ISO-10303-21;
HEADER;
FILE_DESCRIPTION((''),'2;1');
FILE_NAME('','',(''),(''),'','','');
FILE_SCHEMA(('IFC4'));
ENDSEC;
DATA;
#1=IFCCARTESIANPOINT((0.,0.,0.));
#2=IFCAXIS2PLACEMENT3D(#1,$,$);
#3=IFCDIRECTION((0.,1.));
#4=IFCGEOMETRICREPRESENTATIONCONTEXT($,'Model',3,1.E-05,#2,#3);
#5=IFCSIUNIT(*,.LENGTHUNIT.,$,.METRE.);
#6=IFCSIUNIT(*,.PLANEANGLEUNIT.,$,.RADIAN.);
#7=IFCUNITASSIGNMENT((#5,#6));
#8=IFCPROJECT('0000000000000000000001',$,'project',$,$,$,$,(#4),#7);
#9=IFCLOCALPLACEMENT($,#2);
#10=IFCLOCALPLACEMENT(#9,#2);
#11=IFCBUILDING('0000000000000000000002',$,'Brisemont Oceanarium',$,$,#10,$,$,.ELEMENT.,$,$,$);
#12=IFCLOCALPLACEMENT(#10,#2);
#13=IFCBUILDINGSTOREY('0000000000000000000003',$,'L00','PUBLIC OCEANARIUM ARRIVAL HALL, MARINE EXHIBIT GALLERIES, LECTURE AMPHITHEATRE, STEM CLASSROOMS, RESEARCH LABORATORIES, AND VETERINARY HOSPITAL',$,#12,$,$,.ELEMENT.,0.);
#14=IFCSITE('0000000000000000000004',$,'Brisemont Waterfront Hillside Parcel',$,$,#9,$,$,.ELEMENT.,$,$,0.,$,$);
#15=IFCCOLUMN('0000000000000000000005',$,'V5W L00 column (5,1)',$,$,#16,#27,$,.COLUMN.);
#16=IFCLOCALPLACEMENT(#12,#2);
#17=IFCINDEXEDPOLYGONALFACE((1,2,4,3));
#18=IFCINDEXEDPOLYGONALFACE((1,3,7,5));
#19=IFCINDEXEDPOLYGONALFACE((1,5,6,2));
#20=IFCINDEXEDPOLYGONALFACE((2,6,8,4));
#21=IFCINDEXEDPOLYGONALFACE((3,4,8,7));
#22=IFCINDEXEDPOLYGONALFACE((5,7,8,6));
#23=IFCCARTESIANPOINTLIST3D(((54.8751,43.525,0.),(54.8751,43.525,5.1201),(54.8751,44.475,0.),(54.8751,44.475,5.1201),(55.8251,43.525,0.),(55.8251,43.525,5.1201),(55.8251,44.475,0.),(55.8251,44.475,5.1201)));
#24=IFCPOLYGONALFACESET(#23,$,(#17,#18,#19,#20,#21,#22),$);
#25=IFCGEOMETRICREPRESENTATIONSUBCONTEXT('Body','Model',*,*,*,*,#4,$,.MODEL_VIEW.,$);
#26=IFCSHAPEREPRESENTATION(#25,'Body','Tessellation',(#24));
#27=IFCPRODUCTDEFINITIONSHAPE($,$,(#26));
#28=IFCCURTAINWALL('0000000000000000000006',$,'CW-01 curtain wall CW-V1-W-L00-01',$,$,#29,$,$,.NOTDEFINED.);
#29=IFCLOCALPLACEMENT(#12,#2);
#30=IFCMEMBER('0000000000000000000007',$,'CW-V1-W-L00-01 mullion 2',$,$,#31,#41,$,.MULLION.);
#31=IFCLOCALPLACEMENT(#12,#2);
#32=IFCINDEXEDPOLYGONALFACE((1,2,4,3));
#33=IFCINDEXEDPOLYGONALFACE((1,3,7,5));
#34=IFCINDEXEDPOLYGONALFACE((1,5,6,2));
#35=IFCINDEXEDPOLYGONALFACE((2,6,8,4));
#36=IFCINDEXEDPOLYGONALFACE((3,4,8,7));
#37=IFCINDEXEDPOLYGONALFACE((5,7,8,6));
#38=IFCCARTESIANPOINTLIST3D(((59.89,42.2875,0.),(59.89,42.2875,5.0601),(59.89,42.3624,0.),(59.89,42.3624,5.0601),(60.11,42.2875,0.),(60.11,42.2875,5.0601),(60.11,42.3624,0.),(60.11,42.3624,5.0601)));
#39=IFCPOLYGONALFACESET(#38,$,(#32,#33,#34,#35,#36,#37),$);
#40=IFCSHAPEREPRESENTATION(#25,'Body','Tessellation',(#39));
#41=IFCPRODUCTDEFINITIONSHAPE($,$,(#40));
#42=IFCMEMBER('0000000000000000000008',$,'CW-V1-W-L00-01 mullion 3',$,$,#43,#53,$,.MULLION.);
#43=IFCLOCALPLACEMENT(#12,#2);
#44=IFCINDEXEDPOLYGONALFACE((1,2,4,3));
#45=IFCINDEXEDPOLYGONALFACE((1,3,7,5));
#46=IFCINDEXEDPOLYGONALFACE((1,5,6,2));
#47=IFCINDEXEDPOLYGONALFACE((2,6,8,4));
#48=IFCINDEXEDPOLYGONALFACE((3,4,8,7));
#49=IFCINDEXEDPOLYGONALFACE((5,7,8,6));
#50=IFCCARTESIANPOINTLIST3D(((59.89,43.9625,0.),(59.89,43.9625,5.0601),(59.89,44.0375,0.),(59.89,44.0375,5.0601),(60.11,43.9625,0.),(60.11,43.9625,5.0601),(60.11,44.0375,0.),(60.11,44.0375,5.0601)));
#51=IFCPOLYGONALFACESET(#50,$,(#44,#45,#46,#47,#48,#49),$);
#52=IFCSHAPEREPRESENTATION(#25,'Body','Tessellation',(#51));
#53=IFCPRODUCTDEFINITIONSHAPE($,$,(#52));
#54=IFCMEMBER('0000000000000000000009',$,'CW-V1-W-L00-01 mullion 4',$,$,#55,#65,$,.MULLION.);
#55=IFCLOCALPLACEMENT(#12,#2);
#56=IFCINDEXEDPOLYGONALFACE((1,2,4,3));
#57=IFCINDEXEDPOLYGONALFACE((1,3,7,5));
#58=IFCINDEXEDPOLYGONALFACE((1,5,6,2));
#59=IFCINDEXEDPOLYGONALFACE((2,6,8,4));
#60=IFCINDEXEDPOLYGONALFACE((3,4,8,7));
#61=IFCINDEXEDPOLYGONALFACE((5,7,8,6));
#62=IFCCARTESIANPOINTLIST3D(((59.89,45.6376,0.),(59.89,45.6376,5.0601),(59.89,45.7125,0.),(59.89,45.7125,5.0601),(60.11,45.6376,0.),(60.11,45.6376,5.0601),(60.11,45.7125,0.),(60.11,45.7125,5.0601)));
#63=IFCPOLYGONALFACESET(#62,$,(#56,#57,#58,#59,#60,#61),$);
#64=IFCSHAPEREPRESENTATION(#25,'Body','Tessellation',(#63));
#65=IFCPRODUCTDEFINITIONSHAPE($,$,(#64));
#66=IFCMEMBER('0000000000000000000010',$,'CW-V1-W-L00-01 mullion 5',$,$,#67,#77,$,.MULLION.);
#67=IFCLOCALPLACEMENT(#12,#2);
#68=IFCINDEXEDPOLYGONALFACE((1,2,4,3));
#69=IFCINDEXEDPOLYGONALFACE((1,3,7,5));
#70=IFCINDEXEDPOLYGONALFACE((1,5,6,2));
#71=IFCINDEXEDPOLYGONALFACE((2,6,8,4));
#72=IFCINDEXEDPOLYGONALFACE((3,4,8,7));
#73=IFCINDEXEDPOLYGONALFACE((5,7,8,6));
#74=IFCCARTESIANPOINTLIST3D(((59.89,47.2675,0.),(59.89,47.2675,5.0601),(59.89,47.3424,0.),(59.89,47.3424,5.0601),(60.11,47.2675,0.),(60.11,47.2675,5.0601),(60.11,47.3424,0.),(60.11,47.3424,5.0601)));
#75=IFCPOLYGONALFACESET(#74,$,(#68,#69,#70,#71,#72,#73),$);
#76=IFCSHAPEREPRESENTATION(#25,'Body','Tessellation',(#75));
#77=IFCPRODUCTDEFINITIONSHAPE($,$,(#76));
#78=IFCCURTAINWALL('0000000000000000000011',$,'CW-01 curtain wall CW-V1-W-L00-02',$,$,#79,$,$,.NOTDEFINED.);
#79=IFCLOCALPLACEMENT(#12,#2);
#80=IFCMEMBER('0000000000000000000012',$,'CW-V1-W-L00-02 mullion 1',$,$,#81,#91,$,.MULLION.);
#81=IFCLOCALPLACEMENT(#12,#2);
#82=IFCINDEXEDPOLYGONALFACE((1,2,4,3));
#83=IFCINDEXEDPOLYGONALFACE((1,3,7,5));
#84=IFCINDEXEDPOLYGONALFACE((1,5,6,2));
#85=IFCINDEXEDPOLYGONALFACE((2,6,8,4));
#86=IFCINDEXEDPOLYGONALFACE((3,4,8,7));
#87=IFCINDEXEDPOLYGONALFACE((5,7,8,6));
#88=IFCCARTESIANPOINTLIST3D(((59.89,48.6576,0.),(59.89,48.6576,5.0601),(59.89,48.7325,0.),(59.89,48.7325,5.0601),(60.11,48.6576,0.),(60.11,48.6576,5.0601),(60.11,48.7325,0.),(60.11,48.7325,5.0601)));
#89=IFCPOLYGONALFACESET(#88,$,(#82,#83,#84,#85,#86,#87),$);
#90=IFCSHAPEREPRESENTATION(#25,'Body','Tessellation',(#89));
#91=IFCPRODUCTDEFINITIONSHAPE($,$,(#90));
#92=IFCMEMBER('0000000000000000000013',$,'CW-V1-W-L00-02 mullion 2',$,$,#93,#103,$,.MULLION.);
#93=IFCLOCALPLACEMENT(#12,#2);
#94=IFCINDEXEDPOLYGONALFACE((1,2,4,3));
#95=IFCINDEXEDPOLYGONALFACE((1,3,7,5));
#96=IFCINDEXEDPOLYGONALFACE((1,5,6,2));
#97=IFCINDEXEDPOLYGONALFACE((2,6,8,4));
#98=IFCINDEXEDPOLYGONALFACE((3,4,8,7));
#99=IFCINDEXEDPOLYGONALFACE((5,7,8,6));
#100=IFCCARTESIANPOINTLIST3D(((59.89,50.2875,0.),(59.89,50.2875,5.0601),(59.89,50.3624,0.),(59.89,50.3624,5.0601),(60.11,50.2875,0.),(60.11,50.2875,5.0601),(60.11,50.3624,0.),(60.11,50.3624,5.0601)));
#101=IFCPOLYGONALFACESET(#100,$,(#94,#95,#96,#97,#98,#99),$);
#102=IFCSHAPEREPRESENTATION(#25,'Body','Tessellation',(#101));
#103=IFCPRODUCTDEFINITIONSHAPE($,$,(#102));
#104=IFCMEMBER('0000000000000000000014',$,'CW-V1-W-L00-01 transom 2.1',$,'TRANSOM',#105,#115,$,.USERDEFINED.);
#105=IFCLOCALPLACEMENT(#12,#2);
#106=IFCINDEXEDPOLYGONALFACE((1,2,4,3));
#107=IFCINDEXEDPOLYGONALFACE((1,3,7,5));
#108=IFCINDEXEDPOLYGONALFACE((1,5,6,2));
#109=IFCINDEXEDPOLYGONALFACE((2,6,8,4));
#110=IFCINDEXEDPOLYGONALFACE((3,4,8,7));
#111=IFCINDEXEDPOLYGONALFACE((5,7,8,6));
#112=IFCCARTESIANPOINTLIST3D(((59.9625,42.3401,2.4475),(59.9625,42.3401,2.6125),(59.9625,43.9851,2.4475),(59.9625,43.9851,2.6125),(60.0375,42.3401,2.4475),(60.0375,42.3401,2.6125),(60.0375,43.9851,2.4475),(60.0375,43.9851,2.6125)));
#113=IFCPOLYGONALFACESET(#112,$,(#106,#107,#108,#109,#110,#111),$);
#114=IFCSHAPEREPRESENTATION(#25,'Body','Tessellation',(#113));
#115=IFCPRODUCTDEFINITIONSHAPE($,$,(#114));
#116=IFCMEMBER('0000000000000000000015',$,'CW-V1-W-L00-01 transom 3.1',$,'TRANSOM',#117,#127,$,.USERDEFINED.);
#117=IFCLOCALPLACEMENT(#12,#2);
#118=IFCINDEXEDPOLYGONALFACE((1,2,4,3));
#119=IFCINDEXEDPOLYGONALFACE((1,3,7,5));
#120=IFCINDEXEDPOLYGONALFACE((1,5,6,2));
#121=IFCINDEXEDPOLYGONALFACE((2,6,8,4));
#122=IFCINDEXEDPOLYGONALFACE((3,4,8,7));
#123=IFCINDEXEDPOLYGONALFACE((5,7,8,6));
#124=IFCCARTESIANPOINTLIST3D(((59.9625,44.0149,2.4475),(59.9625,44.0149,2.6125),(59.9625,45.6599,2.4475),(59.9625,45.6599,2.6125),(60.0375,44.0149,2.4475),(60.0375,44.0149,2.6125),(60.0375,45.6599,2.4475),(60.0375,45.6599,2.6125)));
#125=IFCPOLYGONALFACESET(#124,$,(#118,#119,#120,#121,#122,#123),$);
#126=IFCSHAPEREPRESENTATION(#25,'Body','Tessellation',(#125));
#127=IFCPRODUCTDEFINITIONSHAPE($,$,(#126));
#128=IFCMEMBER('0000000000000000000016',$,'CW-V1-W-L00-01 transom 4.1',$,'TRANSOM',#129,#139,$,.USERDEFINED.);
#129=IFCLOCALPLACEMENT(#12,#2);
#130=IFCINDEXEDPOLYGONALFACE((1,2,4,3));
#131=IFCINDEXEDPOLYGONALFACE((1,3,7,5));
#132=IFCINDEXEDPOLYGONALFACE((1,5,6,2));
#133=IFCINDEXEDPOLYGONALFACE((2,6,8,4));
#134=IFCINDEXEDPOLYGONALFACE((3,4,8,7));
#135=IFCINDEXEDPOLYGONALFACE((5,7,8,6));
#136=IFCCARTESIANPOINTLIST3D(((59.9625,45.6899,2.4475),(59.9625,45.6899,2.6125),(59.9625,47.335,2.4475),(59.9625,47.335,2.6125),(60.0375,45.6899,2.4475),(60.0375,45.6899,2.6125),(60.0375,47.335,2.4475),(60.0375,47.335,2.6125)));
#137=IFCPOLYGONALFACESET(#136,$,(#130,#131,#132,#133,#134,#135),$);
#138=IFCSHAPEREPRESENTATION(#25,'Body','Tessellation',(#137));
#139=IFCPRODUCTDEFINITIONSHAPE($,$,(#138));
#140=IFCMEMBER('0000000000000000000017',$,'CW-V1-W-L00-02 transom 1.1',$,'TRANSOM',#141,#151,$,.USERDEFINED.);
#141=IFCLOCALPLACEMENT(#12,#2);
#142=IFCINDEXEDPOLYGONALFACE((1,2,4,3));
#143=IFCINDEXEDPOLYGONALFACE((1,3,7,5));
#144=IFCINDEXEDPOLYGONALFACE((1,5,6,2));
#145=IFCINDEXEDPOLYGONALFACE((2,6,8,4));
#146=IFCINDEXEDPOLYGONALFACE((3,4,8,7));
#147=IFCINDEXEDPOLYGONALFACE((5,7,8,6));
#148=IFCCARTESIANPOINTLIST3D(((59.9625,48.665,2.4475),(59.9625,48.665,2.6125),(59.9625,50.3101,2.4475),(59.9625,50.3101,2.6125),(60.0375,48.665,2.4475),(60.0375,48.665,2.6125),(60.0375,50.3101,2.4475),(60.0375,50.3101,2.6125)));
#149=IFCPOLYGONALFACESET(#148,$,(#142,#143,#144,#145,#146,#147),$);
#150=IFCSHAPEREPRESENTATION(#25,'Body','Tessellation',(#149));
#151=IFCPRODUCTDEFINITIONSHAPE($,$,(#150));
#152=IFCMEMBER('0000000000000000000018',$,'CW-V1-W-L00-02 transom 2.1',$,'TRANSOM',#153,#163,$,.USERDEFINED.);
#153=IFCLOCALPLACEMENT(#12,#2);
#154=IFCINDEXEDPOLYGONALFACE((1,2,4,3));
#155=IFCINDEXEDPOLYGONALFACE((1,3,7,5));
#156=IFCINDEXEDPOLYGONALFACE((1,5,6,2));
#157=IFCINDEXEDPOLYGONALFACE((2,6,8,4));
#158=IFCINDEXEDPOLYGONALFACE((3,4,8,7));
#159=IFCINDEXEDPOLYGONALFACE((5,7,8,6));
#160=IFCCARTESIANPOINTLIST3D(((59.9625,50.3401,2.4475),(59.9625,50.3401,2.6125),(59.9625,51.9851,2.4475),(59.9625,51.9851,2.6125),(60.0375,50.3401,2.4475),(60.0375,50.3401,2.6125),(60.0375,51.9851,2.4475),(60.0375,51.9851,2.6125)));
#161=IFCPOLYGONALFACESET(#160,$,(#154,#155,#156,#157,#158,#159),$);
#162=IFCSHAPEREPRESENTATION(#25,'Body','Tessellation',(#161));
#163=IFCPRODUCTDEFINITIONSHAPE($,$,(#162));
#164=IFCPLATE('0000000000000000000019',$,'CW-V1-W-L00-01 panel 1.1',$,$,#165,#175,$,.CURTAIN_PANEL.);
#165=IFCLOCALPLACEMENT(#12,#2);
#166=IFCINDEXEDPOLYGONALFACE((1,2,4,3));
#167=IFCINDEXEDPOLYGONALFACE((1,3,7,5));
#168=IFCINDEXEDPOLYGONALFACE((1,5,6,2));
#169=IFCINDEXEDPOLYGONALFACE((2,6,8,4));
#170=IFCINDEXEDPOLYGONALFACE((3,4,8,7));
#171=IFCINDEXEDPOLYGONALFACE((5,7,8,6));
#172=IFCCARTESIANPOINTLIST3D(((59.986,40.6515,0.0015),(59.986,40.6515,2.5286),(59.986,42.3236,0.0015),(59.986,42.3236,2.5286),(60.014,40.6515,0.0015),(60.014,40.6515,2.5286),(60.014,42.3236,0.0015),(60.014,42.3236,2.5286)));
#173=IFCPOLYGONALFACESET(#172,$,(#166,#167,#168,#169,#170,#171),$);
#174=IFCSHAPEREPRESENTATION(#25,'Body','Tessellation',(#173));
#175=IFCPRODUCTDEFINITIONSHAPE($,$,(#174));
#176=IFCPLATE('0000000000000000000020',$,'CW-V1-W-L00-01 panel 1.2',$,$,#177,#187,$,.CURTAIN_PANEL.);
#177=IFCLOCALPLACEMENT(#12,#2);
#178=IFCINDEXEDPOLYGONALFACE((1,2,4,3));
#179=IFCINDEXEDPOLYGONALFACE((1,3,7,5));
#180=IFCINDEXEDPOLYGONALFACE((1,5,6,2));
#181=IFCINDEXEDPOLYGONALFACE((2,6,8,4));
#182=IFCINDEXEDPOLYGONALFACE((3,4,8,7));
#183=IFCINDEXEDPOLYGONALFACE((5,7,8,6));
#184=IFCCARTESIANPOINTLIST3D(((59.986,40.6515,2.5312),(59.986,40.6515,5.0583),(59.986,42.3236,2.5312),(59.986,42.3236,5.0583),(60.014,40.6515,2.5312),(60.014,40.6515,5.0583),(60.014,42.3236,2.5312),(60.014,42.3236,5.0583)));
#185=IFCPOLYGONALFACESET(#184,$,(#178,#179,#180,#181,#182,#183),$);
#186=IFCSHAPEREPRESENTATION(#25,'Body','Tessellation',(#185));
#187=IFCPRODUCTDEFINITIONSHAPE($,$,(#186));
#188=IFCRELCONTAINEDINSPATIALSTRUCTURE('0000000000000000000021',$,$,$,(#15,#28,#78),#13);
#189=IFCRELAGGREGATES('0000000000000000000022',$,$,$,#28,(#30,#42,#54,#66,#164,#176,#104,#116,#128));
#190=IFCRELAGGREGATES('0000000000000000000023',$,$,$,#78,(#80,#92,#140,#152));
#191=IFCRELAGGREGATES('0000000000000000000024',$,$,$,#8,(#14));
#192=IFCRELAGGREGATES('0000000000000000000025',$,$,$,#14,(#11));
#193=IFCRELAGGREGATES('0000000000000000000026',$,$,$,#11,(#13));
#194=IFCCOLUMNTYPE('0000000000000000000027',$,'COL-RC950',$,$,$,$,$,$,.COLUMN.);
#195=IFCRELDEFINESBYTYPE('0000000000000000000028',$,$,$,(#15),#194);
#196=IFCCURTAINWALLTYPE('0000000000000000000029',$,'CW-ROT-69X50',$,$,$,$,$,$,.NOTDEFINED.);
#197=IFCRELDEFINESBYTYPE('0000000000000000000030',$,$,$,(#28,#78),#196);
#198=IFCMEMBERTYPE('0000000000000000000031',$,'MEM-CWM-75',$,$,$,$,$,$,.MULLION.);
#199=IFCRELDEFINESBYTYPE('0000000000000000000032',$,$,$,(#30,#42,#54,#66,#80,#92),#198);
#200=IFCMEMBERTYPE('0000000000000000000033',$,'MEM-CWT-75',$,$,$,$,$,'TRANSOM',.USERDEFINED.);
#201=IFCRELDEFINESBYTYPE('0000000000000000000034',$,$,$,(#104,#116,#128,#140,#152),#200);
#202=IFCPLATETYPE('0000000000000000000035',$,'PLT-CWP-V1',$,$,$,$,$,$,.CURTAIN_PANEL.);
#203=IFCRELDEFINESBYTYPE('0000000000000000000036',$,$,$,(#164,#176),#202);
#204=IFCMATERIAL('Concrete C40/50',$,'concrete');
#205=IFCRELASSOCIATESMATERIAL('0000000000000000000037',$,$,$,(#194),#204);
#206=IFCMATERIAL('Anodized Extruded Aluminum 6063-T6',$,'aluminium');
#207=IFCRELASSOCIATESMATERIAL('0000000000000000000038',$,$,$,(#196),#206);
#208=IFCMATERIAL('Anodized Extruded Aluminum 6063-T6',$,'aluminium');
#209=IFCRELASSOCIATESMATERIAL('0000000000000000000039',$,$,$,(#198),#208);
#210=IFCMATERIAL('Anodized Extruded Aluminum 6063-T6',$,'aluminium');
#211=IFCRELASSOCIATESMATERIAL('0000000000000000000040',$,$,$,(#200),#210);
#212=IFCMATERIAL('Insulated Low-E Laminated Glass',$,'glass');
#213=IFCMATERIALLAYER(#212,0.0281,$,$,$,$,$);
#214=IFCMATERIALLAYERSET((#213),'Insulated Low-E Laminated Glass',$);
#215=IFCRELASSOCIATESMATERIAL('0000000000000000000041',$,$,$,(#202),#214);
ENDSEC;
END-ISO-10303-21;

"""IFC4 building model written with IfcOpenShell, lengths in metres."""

from ifc_helpers import new_model, si_unit, direction, frame, origin, origin_2d, place, context, subcontext, project, spatial, rectangle, extrude, material, layer, layer_set, material_profile, profile_set, type_object, element, aggregate, save


model = new_model("IFC4")

# Units and contexts
model_context = context("Model", 3, precision=1e-05, world=origin(), true_north=direction((0.0, 1.0)))
body_context = subcontext(model_context, "Body", "Model", "MODEL_VIEW")
ifc_project = project(units=[si_unit("LENGTHUNIT", "METRE"), si_unit("PLANEANGLEUNIT", "RADIAN")], contexts=[model_context])

# Site, building, storey
site_placement = place(None, origin())
site = spatial("IfcSite", under=ifc_project, at=site_placement, Name="Brisemont Waterfront Hillside Parcel", CompositionType="ELEMENT", RefElevation=0.0)
building_placement = place(site_placement, origin())
building = spatial("IfcBuilding", under=site, at=building_placement, Name="Brisemont Oceanarium", CompositionType="ELEMENT")
storey_placement = place(building_placement, origin())
storey = spatial("IfcBuildingStorey", under=building, at=storey_placement, Name="L00", Description="PUBLIC OCEANARIUM ARRIVAL HALL, MARINE EXHIBIT GALLERIES, LECTURE AMPHITHEATRE, STEM CLASSROOMS, RESEARCH LABORATORIES, AND VETERINARY HOSPITAL", CompositionType="ELEMENT", Elevation=0.0)

# Column
ifc_material_1 = material(Name="Concrete C40/50", Category="concrete")
ifc_material_profile_1 = material_profile(ifc_material_1, rectangle(XDim=0.95, YDim=0.95, at=origin_2d()), Name="RC-COL-950X950")
ifc_profile_set_1 = profile_set([ifc_material_profile_1], Name="Concrete C40/50")
column_type_1 = type_object("IfcColumnType", Name="COL-RC950", PredefinedType="COLUMN", material=ifc_profile_set_1)
column_1_placement = place(storey_placement, frame((55.3501, 44.0, 0.0), z_axis=(0.0, 0.0, 1.0), x_axis=(1.0, 0.0, 0.0)))
element("IfcColumn", 1, at=column_1_placement, inside=storey, type_object=column_type_1, Name="V5W L00 column (5,1)", PredefinedType="COLUMN", context=body_context, shape_type="SweptSolid", body=[
    extrude(rectangle(XDim=0.95, YDim=0.95, at=origin_2d()), origin(), (0.0, 0.0, 1.0), 5.1201),
])

# Curtain walls, members
ifc_material_2 = material(Name="Anodized Extruded Aluminum 6063-T6", Category="aluminium")
curtain_wall_type = type_object("IfcCurtainWallType", Name="CW-ROT-69X50", PredefinedType="NOTDEFINED", material=ifc_material_2)
curtain_wall_1_placement = place(storey_placement, origin())
curtain_wall_1 = element("IfcCurtainWall", 2, at=curtain_wall_1_placement, inside=storey, type_object=curtain_wall_type, Name="CW-01 curtain wall CW-V1-W-L00-01", PredefinedType="NOTDEFINED")
ifc_material_3 = material(Name="Anodized Extruded Aluminum 6063-T6", Category="aluminium")
ifc_material_profile_2 = material_profile(ifc_material_3, rectangle(XDim=0.075, YDim=0.22, at=origin_2d()), Name="CWM-75X220")
ifc_profile_set_2 = profile_set([ifc_material_profile_2], Name="Anodized Extruded Aluminum 6063-T6")
member_type_1 = type_object("IfcMemberType", Name="MEM-CWM-75", PredefinedType="MULLION", material=ifc_profile_set_2)
member_1_placement = place(storey_placement, frame((60.0, 42.325, 0.0), z_axis=(0.0, 0.0, 1.0), x_axis=(0.0, 1.0, 0.0)))
member_1 = element("IfcMember", 3, at=member_1_placement, type_object=member_type_1, Name="CW-V1-W-L00-01 mullion 2", PredefinedType="MULLION", context=body_context, shape_type="SweptSolid", body=[
    extrude(rectangle(XDim=0.075, YDim=0.22, at=origin_2d()), origin(), (0.0, 0.0, 1.0), 5.0601),
])
member_2_placement = place(storey_placement, frame((60.0, 44.0, 0.0), z_axis=(0.0, 0.0, 1.0), x_axis=(0.0, 1.0, 0.0)))
member_2 = element("IfcMember", 4, at=member_2_placement, type_object=member_type_1, Name="CW-V1-W-L00-01 mullion 3", PredefinedType="MULLION", context=body_context, shape_type="SweptSolid", body=[
    extrude(rectangle(XDim=0.075, YDim=0.22, at=origin_2d()), origin(), (0.0, 0.0, 1.0), 5.0601),
])
member_3_placement = place(storey_placement, frame((60.0, 45.675, 0.0), z_axis=(0.0, 0.0, 1.0), x_axis=(0.0, 1.0, 0.0)))
member_3 = element("IfcMember", 5, at=member_3_placement, type_object=member_type_1, Name="CW-V1-W-L00-01 mullion 4", PredefinedType="MULLION", context=body_context, shape_type="SweptSolid", body=[
    extrude(rectangle(XDim=0.075, YDim=0.22, at=origin_2d()), origin(), (0.0, 0.0, 1.0), 5.0601),
])
member_4_placement = place(storey_placement, frame((60.0, 47.3049, 0.0), z_axis=(0.0, 0.0, 1.0), x_axis=(0.0, 1.0, 0.0)))
member_4 = element("IfcMember", 6, at=member_4_placement, type_object=member_type_1, Name="CW-V1-W-L00-01 mullion 5", PredefinedType="MULLION", context=body_context, shape_type="SweptSolid", body=[
    extrude(rectangle(XDim=0.075, YDim=0.22, at=origin_2d()), origin(), (0.0, 0.0, 1.0), 5.0601),
])
curtain_wall_2_placement = place(storey_placement, origin())
curtain_wall_2 = element("IfcCurtainWall", 7, at=curtain_wall_2_placement, inside=storey, type_object=curtain_wall_type, Name="CW-01 curtain wall CW-V1-W-L00-02", PredefinedType="NOTDEFINED")
member_5_placement = place(storey_placement, frame((60.0, 48.6951, 0.0), z_axis=(0.0, 0.0, 1.0), x_axis=(0.0, 1.0, 0.0)))
member_5 = element("IfcMember", 8, at=member_5_placement, type_object=member_type_1, Name="CW-V1-W-L00-02 mullion 1", PredefinedType="MULLION", context=body_context, shape_type="SweptSolid", body=[
    extrude(rectangle(XDim=0.075, YDim=0.22, at=origin_2d()), origin(), (0.0, 0.0, 1.0), 5.0601),
])
member_6_placement = place(storey_placement, frame((60.0, 50.325, 0.0), z_axis=(0.0, 0.0, 1.0), x_axis=(0.0, 1.0, 0.0)))
member_6 = element("IfcMember", 9, at=member_6_placement, type_object=member_type_1, Name="CW-V1-W-L00-02 mullion 2", PredefinedType="MULLION", context=body_context, shape_type="SweptSolid", body=[
    extrude(rectangle(XDim=0.075, YDim=0.22, at=origin_2d()), origin(), (0.0, 0.0, 1.0), 5.0601),
])

# Members
ifc_material_4 = material(Name="Anodized Extruded Aluminum 6063-T6", Category="aluminium")
ifc_material_profile_3 = material_profile(ifc_material_4, rectangle(XDim=0.075, YDim=0.165, at=origin_2d()), Name="CWT-75X165")
ifc_profile_set_3 = profile_set([ifc_material_profile_3], Name="Anodized Extruded Aluminum 6063-T6")
member_type_2 = type_object("IfcMemberType", Name="MEM-CWT-75", ElementType="TRANSOM", PredefinedType="USERDEFINED", material=ifc_profile_set_3)
member_7_placement = place(storey_placement, frame((60.0, 42.3401, 2.53), z_axis=(0.0, 1.0, 0.0), x_axis=(-1.0, 0.0, 0.0)))
member_7 = element("IfcMember", 10, at=member_7_placement, type_object=member_type_2, Name="CW-V1-W-L00-01 transom 2.1", ObjectType="TRANSOM", PredefinedType="USERDEFINED", context=body_context, shape_type="SweptSolid", body=[
    extrude(rectangle(XDim=0.075, YDim=0.165, at=origin_2d()), origin(), (0.0, 0.0, 1.0), 1.645),
])
member_8_placement = place(storey_placement, frame((60.0, 44.0149, 2.53), z_axis=(0.0, 1.0, 0.0), x_axis=(-1.0, 0.0, 0.0)))
member_8 = element("IfcMember", 11, at=member_8_placement, type_object=member_type_2, Name="CW-V1-W-L00-01 transom 3.1", ObjectType="TRANSOM", PredefinedType="USERDEFINED", context=body_context, shape_type="SweptSolid", body=[
    extrude(rectangle(XDim=0.075, YDim=0.165, at=origin_2d()), origin(), (0.0, 0.0, 1.0), 1.645),
])
member_9_placement = place(storey_placement, frame((60.0, 45.6899, 2.53), z_axis=(0.0, 1.0, 0.0), x_axis=(-1.0, 0.0, 0.0)))
member_9 = element("IfcMember", 12, at=member_9_placement, type_object=member_type_2, Name="CW-V1-W-L00-01 transom 4.1", ObjectType="TRANSOM", PredefinedType="USERDEFINED", context=body_context, shape_type="SweptSolid", body=[
    extrude(rectangle(XDim=0.075, YDim=0.165, at=origin_2d()), origin(), (0.0, 0.0, 1.0), 1.645),
])
member_10_placement = place(storey_placement, frame((60.0, 48.665, 2.53), z_axis=(0.0, 1.0, 0.0), x_axis=(-1.0, 0.0, 0.0)))
member_10 = element("IfcMember", 13, at=member_10_placement, type_object=member_type_2, Name="CW-V1-W-L00-02 transom 1.1", ObjectType="TRANSOM", PredefinedType="USERDEFINED", context=body_context, shape_type="SweptSolid", body=[
    extrude(rectangle(XDim=0.075, YDim=0.165, at=origin_2d()), origin(), (0.0, 0.0, 1.0), 1.645),
])
member_11_placement = place(storey_placement, frame((60.0, 50.3401, 2.53), z_axis=(0.0, 1.0, 0.0), x_axis=(-1.0, 0.0, 0.0)))
member_11 = element("IfcMember", 14, at=member_11_placement, type_object=member_type_2, Name="CW-V1-W-L00-02 transom 2.1", ObjectType="TRANSOM", PredefinedType="USERDEFINED", context=body_context, shape_type="SweptSolid", body=[
    extrude(rectangle(XDim=0.075, YDim=0.165, at=origin_2d()), origin(), (0.0, 0.0, 1.0), 1.645),
])

# Plates
ifc_material_5 = material(Name="Insulated Low-E Laminated Glass", Category="glass")
ifc_layer_1 = layer(ifc_material_5, 0.0281)
ifc_layer_set_1 = layer_set([ifc_layer_1], Name="Insulated Low-E Laminated Glass")
plate_type = type_object("IfcPlateType", Name="PLT-CWP-V1", PredefinedType="CURTAIN_PANEL", material=ifc_layer_set_1)
plate_1_placement = place(storey_placement, frame((60.0, 41.4875, 0.0015), z_axis=(0.0, 0.0, 1.0), x_axis=(0.0, 1.0, 0.0)))
plate_1 = element("IfcPlate", 15, at=plate_1_placement, type_object=plate_type, Name="CW-V1-W-L00-01 panel 1.1", PredefinedType="CURTAIN_PANEL", context=body_context, shape_type="SweptSolid", body=[
    extrude(rectangle(XDim=1.6721, YDim=0.0281, at=origin_2d()), origin(), (0.0, 0.0, 1.0), 2.5271),
])
plate_2_placement = place(storey_placement, frame((60.0, 41.4875, 2.5312), z_axis=(0.0, 0.0, 1.0), x_axis=(0.0, 1.0, 0.0)))
plate_2 = element("IfcPlate", 16, at=plate_2_placement, type_object=plate_type, Name="CW-V1-W-L00-01 panel 1.2", PredefinedType="CURTAIN_PANEL", context=body_context, shape_type="SweptSolid", body=[
    extrude(rectangle(XDim=1.6721, YDim=0.0281, at=origin_2d()), origin(), (0.0, 0.0, 1.0), 2.5271),
])
aggregate(curtain_wall_1, [member_1, member_2, member_3, member_4, plate_1, plate_2, member_7, member_8, member_9])
aggregate(curtain_wall_2, [member_5, member_6, member_10, member_11])

save(model, "model.ifc")
